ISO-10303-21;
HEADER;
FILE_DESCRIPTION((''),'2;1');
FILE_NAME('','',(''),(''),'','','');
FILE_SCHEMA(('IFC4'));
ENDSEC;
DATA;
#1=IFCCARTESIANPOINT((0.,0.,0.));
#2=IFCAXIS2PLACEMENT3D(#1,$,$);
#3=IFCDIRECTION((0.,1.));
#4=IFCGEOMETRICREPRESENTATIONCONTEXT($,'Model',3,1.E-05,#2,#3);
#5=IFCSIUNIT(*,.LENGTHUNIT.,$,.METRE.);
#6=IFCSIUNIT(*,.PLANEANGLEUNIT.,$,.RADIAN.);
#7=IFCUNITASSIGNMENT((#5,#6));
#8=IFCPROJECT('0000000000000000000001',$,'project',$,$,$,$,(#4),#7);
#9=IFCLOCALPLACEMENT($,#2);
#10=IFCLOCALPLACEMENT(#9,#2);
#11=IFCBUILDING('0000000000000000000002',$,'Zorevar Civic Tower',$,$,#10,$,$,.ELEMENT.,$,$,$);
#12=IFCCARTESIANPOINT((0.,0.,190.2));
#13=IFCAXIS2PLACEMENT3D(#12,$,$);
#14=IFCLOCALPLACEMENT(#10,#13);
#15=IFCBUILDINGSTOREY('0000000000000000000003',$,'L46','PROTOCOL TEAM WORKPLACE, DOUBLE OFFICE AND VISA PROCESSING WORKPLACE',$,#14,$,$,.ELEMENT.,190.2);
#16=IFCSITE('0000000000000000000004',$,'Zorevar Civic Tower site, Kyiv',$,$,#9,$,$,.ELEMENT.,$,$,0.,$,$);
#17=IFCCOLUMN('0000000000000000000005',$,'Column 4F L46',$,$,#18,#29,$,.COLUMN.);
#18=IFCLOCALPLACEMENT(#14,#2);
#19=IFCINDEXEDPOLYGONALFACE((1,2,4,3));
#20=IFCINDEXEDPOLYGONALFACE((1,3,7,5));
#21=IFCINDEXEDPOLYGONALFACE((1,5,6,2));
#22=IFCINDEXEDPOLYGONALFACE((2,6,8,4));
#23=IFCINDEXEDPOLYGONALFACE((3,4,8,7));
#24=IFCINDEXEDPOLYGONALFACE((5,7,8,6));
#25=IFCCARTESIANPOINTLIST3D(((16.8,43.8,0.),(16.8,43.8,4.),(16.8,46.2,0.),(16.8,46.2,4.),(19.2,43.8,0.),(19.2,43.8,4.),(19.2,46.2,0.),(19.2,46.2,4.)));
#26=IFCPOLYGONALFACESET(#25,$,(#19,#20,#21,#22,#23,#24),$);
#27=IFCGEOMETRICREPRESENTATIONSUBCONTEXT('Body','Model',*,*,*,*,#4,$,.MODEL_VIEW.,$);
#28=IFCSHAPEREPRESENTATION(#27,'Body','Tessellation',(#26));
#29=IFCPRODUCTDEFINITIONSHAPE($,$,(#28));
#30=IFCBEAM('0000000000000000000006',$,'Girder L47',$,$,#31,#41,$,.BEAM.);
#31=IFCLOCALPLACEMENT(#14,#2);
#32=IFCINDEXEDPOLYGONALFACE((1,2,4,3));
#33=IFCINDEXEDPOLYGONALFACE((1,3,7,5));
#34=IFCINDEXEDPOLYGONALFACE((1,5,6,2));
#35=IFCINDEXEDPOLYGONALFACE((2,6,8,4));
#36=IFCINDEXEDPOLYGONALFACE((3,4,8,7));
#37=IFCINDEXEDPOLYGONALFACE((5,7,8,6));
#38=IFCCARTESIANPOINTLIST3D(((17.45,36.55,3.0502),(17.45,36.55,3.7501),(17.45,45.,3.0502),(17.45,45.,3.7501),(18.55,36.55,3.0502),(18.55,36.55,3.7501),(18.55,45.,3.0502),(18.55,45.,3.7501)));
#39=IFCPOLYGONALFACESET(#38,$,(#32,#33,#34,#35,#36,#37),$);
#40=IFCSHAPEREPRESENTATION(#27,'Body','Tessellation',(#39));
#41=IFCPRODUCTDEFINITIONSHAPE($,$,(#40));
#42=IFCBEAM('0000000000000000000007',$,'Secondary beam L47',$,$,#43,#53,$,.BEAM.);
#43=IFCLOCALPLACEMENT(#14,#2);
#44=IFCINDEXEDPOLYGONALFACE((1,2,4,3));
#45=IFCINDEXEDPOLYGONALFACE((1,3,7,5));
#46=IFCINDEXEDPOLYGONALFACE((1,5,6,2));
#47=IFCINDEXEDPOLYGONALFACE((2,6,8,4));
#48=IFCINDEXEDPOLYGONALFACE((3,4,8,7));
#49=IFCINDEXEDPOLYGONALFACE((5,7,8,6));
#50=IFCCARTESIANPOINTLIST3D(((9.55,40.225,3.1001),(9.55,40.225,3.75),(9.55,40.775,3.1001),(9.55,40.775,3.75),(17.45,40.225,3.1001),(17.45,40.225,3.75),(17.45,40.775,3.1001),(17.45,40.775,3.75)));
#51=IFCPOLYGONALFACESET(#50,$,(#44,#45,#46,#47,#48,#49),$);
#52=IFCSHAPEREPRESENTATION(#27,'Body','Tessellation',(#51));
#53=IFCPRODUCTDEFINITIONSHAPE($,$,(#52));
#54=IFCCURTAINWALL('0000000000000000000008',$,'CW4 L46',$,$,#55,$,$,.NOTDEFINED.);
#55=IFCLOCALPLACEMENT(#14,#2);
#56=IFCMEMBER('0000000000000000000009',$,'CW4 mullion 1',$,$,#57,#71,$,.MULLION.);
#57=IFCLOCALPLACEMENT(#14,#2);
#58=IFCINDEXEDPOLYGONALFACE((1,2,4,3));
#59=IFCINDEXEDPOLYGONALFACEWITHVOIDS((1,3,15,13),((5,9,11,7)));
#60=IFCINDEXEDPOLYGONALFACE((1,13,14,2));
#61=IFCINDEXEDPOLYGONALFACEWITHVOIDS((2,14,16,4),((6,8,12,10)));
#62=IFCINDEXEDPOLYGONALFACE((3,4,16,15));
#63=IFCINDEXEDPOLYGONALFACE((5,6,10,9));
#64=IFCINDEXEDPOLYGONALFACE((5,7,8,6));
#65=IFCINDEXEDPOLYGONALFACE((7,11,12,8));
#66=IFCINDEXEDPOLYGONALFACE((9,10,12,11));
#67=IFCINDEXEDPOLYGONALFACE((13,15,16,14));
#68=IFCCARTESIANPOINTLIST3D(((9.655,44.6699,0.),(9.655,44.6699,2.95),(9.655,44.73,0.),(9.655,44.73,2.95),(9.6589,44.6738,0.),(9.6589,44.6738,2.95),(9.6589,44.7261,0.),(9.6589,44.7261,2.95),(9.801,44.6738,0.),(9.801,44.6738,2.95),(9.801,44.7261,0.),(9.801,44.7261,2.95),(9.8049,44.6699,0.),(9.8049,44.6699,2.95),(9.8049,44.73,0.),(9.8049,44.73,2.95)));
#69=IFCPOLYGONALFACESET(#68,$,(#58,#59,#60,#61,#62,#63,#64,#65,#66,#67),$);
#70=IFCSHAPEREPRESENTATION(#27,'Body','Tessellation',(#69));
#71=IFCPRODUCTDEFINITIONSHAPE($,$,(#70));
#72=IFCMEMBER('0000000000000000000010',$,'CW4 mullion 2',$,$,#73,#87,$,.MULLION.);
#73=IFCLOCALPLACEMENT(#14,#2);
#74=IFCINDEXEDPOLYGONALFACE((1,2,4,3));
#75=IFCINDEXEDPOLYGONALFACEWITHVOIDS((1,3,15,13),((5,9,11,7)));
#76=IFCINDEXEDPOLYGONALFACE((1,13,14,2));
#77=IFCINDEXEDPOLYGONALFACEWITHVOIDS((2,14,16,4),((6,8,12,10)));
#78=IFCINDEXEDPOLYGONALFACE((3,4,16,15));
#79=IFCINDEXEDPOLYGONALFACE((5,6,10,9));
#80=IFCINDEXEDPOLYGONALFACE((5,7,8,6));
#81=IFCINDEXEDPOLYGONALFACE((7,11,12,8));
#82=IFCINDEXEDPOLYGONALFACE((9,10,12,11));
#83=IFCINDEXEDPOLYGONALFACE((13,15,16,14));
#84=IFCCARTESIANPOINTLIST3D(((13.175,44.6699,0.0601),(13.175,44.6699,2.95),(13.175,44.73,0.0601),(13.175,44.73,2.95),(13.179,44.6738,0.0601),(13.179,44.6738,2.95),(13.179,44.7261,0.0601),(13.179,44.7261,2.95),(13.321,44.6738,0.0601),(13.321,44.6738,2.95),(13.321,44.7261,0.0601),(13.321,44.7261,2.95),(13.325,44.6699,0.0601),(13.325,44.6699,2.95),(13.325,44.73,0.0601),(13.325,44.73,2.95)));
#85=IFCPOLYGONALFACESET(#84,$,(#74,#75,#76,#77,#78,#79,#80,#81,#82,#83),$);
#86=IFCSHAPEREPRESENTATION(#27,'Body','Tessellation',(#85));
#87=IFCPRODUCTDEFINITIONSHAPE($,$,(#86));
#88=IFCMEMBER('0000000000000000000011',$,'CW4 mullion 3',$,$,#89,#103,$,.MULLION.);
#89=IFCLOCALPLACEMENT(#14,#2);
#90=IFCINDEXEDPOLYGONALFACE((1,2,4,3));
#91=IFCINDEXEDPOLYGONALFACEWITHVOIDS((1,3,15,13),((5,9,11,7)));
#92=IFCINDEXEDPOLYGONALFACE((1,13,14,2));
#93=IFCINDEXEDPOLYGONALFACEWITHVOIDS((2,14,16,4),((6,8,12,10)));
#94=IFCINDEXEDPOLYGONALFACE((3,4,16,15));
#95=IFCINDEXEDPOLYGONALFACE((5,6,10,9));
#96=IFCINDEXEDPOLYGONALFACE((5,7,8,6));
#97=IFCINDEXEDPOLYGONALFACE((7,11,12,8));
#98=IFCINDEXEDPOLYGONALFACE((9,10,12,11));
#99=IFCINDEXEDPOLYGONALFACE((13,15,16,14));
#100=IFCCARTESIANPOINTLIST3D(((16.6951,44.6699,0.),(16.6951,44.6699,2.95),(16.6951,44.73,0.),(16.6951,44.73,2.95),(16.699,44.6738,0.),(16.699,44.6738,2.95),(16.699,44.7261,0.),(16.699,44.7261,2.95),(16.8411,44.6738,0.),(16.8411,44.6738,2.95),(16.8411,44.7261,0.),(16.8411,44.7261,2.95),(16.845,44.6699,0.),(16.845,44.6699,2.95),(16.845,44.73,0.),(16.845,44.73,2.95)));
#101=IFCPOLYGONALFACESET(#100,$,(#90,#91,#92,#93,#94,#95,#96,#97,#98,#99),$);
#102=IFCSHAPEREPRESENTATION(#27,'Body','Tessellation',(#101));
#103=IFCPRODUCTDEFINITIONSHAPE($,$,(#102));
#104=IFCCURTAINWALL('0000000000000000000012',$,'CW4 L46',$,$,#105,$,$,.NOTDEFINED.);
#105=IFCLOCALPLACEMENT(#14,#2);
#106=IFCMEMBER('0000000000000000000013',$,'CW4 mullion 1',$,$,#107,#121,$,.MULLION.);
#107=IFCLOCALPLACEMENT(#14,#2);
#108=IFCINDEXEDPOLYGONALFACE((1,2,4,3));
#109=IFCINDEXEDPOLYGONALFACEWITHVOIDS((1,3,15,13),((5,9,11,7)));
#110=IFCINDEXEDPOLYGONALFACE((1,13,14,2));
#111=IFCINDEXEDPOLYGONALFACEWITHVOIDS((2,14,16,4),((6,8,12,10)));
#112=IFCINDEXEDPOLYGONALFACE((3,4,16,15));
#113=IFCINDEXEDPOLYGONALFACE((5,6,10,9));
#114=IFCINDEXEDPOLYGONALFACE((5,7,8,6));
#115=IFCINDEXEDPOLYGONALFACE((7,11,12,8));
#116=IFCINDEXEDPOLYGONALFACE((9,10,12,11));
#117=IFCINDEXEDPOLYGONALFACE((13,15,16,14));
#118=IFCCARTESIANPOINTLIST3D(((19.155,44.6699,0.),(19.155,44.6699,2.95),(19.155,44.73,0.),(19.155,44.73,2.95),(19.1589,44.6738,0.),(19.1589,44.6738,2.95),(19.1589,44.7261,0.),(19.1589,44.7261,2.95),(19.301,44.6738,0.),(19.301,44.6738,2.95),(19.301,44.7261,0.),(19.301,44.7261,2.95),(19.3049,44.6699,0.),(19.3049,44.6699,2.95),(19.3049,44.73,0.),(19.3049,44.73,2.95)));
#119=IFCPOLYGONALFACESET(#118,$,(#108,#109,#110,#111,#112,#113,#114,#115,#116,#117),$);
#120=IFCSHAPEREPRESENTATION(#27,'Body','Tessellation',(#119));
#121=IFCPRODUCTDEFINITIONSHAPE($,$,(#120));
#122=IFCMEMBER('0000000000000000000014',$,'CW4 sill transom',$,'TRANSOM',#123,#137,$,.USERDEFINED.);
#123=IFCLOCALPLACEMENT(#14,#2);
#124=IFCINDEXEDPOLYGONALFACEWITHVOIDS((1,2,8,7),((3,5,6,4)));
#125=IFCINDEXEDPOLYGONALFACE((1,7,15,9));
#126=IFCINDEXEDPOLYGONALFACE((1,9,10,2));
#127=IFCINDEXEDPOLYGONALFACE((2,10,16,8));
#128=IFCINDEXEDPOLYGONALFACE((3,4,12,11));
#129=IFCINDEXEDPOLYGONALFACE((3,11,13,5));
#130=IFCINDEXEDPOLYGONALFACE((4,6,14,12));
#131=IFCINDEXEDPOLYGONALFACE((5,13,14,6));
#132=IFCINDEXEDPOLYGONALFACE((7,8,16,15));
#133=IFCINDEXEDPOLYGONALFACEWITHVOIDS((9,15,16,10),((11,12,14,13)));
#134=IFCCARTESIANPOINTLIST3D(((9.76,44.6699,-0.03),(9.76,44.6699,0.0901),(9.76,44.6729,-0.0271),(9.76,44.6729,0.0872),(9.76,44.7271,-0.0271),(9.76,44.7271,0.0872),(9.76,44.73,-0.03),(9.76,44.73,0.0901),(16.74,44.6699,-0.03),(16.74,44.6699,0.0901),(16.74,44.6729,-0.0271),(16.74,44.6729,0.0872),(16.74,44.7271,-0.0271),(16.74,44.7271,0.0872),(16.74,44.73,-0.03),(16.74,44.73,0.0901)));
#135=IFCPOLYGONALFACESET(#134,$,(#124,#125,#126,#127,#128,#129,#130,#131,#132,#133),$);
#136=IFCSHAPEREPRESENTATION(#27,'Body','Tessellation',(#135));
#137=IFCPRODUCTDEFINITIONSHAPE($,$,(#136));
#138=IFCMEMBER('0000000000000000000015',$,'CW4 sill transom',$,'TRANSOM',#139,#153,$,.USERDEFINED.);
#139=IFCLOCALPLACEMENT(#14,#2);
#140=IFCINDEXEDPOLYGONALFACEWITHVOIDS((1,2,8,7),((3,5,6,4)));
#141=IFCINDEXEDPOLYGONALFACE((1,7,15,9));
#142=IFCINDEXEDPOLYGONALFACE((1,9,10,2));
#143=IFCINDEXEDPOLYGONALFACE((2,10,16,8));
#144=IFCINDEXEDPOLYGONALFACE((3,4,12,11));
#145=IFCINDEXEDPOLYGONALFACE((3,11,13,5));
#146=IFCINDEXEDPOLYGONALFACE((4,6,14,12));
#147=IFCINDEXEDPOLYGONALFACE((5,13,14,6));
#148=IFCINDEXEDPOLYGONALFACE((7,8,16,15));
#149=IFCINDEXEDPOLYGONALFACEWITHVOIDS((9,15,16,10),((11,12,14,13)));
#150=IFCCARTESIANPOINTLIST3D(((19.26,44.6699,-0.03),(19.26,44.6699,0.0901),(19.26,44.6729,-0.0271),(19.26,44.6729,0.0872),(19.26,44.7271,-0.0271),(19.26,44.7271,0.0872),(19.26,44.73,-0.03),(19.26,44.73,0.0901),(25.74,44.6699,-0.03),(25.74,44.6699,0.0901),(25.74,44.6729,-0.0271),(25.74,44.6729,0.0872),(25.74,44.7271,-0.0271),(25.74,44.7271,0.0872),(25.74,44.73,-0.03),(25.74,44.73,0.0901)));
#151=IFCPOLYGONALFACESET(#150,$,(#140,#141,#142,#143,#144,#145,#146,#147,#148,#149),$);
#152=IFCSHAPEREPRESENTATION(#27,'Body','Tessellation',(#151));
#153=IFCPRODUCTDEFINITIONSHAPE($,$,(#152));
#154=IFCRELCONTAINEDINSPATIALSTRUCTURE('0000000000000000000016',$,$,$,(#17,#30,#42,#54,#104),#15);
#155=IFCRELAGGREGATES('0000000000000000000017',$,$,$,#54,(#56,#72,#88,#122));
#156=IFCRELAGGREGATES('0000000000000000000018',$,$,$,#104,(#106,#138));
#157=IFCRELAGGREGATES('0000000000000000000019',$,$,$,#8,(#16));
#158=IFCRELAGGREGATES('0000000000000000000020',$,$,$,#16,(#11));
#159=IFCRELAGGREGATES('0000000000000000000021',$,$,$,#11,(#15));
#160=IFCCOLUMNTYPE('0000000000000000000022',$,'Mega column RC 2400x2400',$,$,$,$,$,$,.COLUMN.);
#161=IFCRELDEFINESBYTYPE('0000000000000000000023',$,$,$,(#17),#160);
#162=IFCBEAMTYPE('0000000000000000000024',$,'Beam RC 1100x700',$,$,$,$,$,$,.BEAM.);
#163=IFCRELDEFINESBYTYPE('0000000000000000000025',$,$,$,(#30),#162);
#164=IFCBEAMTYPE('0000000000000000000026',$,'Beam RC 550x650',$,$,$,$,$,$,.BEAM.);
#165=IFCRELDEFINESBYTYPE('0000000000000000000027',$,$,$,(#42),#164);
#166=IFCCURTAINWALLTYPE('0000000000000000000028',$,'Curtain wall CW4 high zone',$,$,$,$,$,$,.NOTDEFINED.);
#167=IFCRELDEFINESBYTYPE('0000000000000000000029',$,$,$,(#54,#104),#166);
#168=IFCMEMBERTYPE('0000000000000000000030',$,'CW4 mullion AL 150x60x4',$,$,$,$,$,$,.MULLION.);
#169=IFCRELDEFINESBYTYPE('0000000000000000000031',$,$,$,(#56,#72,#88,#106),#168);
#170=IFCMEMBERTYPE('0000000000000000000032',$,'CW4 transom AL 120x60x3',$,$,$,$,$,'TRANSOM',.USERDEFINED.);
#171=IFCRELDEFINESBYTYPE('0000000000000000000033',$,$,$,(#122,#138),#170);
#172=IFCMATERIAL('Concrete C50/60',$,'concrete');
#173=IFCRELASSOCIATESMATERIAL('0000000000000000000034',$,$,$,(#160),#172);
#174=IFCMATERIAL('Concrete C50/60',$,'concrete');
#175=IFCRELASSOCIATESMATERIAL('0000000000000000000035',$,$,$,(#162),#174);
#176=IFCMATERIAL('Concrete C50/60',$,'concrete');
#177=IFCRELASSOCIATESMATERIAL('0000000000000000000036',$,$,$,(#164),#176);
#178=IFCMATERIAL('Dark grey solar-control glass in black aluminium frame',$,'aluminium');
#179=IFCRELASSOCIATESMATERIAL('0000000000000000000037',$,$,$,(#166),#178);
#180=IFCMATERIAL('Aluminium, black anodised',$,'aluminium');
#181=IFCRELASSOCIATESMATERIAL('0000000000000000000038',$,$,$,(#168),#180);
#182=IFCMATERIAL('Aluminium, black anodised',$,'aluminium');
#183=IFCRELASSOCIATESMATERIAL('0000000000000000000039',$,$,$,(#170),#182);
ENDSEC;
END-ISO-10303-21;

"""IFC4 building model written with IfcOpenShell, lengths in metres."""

from ifc_helpers import new_model, si_unit, direction, frame, origin, origin_2d, place, context, subcontext, project, spatial, rectangle, hollow_rectangle, extrude, material, material_profile, profile_set, type_object, element, aggregate, save


model = new_model("IFC4")

# Units and contexts
model_context = context("Model", 3, precision=1e-05, world=origin(), true_north=direction((0.0, 1.0)))
body_context = subcontext(model_context, "Body", "Model", "MODEL_VIEW")
ifc_project = project(units=[si_unit("LENGTHUNIT", "METRE"), si_unit("PLANEANGLEUNIT", "RADIAN")], contexts=[model_context])

# Site, building, storey
site_placement = place(None, origin())
site = spatial("IfcSite", under=ifc_project, at=site_placement, Name="Zorevar Civic Tower site, Kyiv", CompositionType="ELEMENT", RefElevation=0.0)
building_placement = place(site_placement, origin())
building = spatial("IfcBuilding", under=site, at=building_placement, Name="Zorevar Civic Tower", CompositionType="ELEMENT")
storey_placement = place(building_placement, frame((0.0, 0.0, 190.2)))
storey = spatial("IfcBuildingStorey", under=building, at=storey_placement, Name="L46", Description="PROTOCOL TEAM WORKPLACE, DOUBLE OFFICE AND VISA PROCESSING WORKPLACE", CompositionType="ELEMENT", Elevation=190.2)

# Column
ifc_material_1 = material(Name="Concrete C50/60", Category="concrete")
ifc_material_profile_1 = material_profile(ifc_material_1, rectangle(XDim=2.3999, YDim=2.3999, at=origin_2d()), Name="RC 2400x2400")
ifc_profile_set_1 = profile_set([ifc_material_profile_1], Name="Concrete C50/60")
column_type = type_object("IfcColumnType", Name="Mega column RC 2400x2400", PredefinedType="COLUMN", material=ifc_profile_set_1)
column_placement = place(storey_placement, frame((18.0, 45.0, 0.0), z_axis=(0.0, 0.0, 1.0), x_axis=(1.0, 0.0, 0.0)))
element("IfcColumn", 1, at=column_placement, inside=storey, type_object=column_type, Name="Column 4F L46", PredefinedType="COLUMN", context=body_context, shape_type="SweptSolid", body=[
    extrude(rectangle(XDim=2.3999, YDim=2.3999, at=origin_2d()), origin(), (0.0, 0.0, 1.0), 4.0),
])

# Beams
ifc_material_2 = material(Name="Concrete C50/60", Category="concrete")
ifc_material_profile_2 = material_profile(ifc_material_2, rectangle(XDim=1.1001, YDim=0.7, at=origin_2d()), Name="RC 1100x700")
ifc_profile_set_2 = profile_set([ifc_material_profile_2], Name="Concrete C50/60")
beam_type_1 = type_object("IfcBeamType", Name="Beam RC 1100x700", PredefinedType="BEAM", material=ifc_profile_set_2)
beam_1_placement = place(storey_placement, frame((18.0, 36.55, 3.4001), z_axis=(0.0, 1.0, 0.0), x_axis=(-1.0, 0.0, 0.0)))
element("IfcBeam", 2, at=beam_1_placement, inside=storey, type_object=beam_type_1, Name="Girder L47", PredefinedType="BEAM", context=body_context, shape_type="SweptSolid", body=[
    extrude(rectangle(XDim=1.1001, YDim=0.7, at=origin_2d()), origin(), (0.0, 0.0, 1.0), 8.45),
])
ifc_material_3 = material(Name="Concrete C50/60", Category="concrete")
ifc_material_profile_3 = material_profile(ifc_material_3, rectangle(XDim=0.55, YDim=0.6499, at=origin_2d()), Name="RC 550x650")
ifc_profile_set_3 = profile_set([ifc_material_profile_3], Name="Concrete C50/60")
beam_type_2 = type_object("IfcBeamType", Name="Beam RC 550x650", PredefinedType="BEAM", material=ifc_profile_set_3)
beam_2_placement = place(storey_placement, frame((9.55, 40.5, 3.425), z_axis=(1.0, 0.0, 0.0), x_axis=(0.0, 1.0, 0.0)))
element("IfcBeam", 3, at=beam_2_placement, inside=storey, type_object=beam_type_2, Name="Secondary beam L47", PredefinedType="BEAM", context=body_context, shape_type="SweptSolid", body=[
    extrude(rectangle(XDim=0.55, YDim=0.6499, at=origin_2d()), origin(), (0.0, 0.0, 1.0), 7.8999),
])

# Curtain wall, members
ifc_material_4 = material(Name="Dark grey solar-control glass in black aluminium frame", Category="aluminium")
curtain_wall_type = type_object("IfcCurtainWallType", Name="Curtain wall CW4 high zone", PredefinedType="NOTDEFINED", material=ifc_material_4)
curtain_wall_1_placement = place(storey_placement, origin())
curtain_wall_1 = element("IfcCurtainWall", 4, at=curtain_wall_1_placement, inside=storey, type_object=curtain_wall_type, Name="CW4 L46", PredefinedType="NOTDEFINED")
ifc_material_5 = material(Name="Aluminium, black anodised", Category="aluminium")
ifc_material_profile_4 = material_profile(ifc_material_5, hollow_rectangle(XDim=0.0601, YDim=0.1499, WallThickness=0.0039, at=origin_2d()), Name="AL 150x60x4")
ifc_profile_set_4 = profile_set([ifc_material_profile_4], Name="Aluminium, black anodised")
member_type_1 = type_object("IfcMemberType", Name="CW4 mullion AL 150x60x4", PredefinedType="MULLION", material=ifc_profile_set_4)
member_1_placement = place(storey_placement, frame((9.73, 44.7, 0.0), z_axis=(0.0, 0.0, 1.0), x_axis=(0.0, 1.0, 0.0)))
member_1 = element("IfcMember", 5, at=member_1_placement, type_object=member_type_1, Name="CW4 mullion 1", PredefinedType="MULLION", context=body_context, shape_type="SweptSolid", body=[
    extrude(hollow_rectangle(XDim=0.0601, YDim=0.1499, WallThickness=0.0039, at=origin_2d()), origin(), (0.0, 0.0, 1.0), 2.95),
])
member_2_placement = place(storey_placement, frame((13.25, 44.7, 0.0601), z_axis=(0.0, 0.0, 1.0), x_axis=(0.0, 1.0, 0.0)))
member_2 = element("IfcMember", 6, at=member_2_placement, type_object=member_type_1, Name="CW4 mullion 2", PredefinedType="MULLION", context=body_context, shape_type="SweptSolid", body=[
    extrude(hollow_rectangle(XDim=0.0601, YDim=0.1499, WallThickness=0.0039, at=origin_2d()), origin(), (0.0, 0.0, 1.0), 2.8899),
])
member_3_placement = place(storey_placement, frame((16.77, 44.7, 0.0), z_axis=(0.0, 0.0, 1.0), x_axis=(0.0, 1.0, 0.0)))
member_3 = element("IfcMember", 7, at=member_3_placement, type_object=member_type_1, Name="CW4 mullion 3", PredefinedType="MULLION", context=body_context, shape_type="SweptSolid", body=[
    extrude(hollow_rectangle(XDim=0.0601, YDim=0.1499, WallThickness=0.0039, at=origin_2d()), origin(), (0.0, 0.0, 1.0), 2.95),
])

# Curtain wall, member
curtain_wall_2_placement = place(storey_placement, origin())
curtain_wall_2 = element("IfcCurtainWall", 8, at=curtain_wall_2_placement, inside=storey, type_object=curtain_wall_type, Name="CW4 L46", PredefinedType="NOTDEFINED")
member_4_placement = place(storey_placement, frame((19.23, 44.7, 0.0), z_axis=(0.0, 0.0, 1.0), x_axis=(0.0, 1.0, 0.0)))
member_4 = element("IfcMember", 9, at=member_4_placement, type_object=member_type_1, Name="CW4 mullion 1", PredefinedType="MULLION", context=body_context, shape_type="SweptSolid", body=[
    extrude(hollow_rectangle(XDim=0.0601, YDim=0.1499, WallThickness=0.0039, at=origin_2d()), origin(), (0.0, 0.0, 1.0), 2.95),
])

# Members
ifc_material_6 = material(Name="Aluminium, black anodised", Category="aluminium")
ifc_material_profile_5 = material_profile(ifc_material_6, hollow_rectangle(XDim=0.0601, YDim=0.1201, WallThickness=0.0029, at=origin_2d()), Name="AL 120x60x3")
ifc_profile_set_5 = profile_set([ifc_material_profile_5], Name="Aluminium, black anodised")
member_type_2 = type_object("IfcMemberType", Name="CW4 transom AL 120x60x3", ElementType="TRANSOM", PredefinedType="USERDEFINED", material=ifc_profile_set_5)
member_5_placement = place(storey_placement, frame((9.76, 44.7, 0.03), z_axis=(1.0, 0.0, 0.0), x_axis=(0.0, 1.0, 0.0)))
member_5 = element("IfcMember", 10, at=member_5_placement, type_object=member_type_2, Name="CW4 sill transom", ObjectType="TRANSOM", PredefinedType="USERDEFINED", context=body_context, shape_type="SweptSolid", body=[
    extrude(hollow_rectangle(XDim=0.0601, YDim=0.1201, WallThickness=0.0029, at=origin_2d()), origin(), (0.0, 0.0, 1.0), 6.98),
])
member_6_placement = place(storey_placement, frame((19.26, 44.7, 0.03), z_axis=(1.0, 0.0, 0.0), x_axis=(0.0, 1.0, 0.0)))
member_6 = element("IfcMember", 11, at=member_6_placement, type_object=member_type_2, Name="CW4 sill transom", ObjectType="TRANSOM", PredefinedType="USERDEFINED", context=body_context, shape_type="SweptSolid", body=[
    extrude(hollow_rectangle(XDim=0.0601, YDim=0.1201, WallThickness=0.0029, at=origin_2d()), origin(), (0.0, 0.0, 1.0), 6.48),
])

aggregate(curtain_wall_1, [member_1, member_2, member_3, member_5])
aggregate(curtain_wall_2, [member_4, member_6])

save(model, "model.ifc")
